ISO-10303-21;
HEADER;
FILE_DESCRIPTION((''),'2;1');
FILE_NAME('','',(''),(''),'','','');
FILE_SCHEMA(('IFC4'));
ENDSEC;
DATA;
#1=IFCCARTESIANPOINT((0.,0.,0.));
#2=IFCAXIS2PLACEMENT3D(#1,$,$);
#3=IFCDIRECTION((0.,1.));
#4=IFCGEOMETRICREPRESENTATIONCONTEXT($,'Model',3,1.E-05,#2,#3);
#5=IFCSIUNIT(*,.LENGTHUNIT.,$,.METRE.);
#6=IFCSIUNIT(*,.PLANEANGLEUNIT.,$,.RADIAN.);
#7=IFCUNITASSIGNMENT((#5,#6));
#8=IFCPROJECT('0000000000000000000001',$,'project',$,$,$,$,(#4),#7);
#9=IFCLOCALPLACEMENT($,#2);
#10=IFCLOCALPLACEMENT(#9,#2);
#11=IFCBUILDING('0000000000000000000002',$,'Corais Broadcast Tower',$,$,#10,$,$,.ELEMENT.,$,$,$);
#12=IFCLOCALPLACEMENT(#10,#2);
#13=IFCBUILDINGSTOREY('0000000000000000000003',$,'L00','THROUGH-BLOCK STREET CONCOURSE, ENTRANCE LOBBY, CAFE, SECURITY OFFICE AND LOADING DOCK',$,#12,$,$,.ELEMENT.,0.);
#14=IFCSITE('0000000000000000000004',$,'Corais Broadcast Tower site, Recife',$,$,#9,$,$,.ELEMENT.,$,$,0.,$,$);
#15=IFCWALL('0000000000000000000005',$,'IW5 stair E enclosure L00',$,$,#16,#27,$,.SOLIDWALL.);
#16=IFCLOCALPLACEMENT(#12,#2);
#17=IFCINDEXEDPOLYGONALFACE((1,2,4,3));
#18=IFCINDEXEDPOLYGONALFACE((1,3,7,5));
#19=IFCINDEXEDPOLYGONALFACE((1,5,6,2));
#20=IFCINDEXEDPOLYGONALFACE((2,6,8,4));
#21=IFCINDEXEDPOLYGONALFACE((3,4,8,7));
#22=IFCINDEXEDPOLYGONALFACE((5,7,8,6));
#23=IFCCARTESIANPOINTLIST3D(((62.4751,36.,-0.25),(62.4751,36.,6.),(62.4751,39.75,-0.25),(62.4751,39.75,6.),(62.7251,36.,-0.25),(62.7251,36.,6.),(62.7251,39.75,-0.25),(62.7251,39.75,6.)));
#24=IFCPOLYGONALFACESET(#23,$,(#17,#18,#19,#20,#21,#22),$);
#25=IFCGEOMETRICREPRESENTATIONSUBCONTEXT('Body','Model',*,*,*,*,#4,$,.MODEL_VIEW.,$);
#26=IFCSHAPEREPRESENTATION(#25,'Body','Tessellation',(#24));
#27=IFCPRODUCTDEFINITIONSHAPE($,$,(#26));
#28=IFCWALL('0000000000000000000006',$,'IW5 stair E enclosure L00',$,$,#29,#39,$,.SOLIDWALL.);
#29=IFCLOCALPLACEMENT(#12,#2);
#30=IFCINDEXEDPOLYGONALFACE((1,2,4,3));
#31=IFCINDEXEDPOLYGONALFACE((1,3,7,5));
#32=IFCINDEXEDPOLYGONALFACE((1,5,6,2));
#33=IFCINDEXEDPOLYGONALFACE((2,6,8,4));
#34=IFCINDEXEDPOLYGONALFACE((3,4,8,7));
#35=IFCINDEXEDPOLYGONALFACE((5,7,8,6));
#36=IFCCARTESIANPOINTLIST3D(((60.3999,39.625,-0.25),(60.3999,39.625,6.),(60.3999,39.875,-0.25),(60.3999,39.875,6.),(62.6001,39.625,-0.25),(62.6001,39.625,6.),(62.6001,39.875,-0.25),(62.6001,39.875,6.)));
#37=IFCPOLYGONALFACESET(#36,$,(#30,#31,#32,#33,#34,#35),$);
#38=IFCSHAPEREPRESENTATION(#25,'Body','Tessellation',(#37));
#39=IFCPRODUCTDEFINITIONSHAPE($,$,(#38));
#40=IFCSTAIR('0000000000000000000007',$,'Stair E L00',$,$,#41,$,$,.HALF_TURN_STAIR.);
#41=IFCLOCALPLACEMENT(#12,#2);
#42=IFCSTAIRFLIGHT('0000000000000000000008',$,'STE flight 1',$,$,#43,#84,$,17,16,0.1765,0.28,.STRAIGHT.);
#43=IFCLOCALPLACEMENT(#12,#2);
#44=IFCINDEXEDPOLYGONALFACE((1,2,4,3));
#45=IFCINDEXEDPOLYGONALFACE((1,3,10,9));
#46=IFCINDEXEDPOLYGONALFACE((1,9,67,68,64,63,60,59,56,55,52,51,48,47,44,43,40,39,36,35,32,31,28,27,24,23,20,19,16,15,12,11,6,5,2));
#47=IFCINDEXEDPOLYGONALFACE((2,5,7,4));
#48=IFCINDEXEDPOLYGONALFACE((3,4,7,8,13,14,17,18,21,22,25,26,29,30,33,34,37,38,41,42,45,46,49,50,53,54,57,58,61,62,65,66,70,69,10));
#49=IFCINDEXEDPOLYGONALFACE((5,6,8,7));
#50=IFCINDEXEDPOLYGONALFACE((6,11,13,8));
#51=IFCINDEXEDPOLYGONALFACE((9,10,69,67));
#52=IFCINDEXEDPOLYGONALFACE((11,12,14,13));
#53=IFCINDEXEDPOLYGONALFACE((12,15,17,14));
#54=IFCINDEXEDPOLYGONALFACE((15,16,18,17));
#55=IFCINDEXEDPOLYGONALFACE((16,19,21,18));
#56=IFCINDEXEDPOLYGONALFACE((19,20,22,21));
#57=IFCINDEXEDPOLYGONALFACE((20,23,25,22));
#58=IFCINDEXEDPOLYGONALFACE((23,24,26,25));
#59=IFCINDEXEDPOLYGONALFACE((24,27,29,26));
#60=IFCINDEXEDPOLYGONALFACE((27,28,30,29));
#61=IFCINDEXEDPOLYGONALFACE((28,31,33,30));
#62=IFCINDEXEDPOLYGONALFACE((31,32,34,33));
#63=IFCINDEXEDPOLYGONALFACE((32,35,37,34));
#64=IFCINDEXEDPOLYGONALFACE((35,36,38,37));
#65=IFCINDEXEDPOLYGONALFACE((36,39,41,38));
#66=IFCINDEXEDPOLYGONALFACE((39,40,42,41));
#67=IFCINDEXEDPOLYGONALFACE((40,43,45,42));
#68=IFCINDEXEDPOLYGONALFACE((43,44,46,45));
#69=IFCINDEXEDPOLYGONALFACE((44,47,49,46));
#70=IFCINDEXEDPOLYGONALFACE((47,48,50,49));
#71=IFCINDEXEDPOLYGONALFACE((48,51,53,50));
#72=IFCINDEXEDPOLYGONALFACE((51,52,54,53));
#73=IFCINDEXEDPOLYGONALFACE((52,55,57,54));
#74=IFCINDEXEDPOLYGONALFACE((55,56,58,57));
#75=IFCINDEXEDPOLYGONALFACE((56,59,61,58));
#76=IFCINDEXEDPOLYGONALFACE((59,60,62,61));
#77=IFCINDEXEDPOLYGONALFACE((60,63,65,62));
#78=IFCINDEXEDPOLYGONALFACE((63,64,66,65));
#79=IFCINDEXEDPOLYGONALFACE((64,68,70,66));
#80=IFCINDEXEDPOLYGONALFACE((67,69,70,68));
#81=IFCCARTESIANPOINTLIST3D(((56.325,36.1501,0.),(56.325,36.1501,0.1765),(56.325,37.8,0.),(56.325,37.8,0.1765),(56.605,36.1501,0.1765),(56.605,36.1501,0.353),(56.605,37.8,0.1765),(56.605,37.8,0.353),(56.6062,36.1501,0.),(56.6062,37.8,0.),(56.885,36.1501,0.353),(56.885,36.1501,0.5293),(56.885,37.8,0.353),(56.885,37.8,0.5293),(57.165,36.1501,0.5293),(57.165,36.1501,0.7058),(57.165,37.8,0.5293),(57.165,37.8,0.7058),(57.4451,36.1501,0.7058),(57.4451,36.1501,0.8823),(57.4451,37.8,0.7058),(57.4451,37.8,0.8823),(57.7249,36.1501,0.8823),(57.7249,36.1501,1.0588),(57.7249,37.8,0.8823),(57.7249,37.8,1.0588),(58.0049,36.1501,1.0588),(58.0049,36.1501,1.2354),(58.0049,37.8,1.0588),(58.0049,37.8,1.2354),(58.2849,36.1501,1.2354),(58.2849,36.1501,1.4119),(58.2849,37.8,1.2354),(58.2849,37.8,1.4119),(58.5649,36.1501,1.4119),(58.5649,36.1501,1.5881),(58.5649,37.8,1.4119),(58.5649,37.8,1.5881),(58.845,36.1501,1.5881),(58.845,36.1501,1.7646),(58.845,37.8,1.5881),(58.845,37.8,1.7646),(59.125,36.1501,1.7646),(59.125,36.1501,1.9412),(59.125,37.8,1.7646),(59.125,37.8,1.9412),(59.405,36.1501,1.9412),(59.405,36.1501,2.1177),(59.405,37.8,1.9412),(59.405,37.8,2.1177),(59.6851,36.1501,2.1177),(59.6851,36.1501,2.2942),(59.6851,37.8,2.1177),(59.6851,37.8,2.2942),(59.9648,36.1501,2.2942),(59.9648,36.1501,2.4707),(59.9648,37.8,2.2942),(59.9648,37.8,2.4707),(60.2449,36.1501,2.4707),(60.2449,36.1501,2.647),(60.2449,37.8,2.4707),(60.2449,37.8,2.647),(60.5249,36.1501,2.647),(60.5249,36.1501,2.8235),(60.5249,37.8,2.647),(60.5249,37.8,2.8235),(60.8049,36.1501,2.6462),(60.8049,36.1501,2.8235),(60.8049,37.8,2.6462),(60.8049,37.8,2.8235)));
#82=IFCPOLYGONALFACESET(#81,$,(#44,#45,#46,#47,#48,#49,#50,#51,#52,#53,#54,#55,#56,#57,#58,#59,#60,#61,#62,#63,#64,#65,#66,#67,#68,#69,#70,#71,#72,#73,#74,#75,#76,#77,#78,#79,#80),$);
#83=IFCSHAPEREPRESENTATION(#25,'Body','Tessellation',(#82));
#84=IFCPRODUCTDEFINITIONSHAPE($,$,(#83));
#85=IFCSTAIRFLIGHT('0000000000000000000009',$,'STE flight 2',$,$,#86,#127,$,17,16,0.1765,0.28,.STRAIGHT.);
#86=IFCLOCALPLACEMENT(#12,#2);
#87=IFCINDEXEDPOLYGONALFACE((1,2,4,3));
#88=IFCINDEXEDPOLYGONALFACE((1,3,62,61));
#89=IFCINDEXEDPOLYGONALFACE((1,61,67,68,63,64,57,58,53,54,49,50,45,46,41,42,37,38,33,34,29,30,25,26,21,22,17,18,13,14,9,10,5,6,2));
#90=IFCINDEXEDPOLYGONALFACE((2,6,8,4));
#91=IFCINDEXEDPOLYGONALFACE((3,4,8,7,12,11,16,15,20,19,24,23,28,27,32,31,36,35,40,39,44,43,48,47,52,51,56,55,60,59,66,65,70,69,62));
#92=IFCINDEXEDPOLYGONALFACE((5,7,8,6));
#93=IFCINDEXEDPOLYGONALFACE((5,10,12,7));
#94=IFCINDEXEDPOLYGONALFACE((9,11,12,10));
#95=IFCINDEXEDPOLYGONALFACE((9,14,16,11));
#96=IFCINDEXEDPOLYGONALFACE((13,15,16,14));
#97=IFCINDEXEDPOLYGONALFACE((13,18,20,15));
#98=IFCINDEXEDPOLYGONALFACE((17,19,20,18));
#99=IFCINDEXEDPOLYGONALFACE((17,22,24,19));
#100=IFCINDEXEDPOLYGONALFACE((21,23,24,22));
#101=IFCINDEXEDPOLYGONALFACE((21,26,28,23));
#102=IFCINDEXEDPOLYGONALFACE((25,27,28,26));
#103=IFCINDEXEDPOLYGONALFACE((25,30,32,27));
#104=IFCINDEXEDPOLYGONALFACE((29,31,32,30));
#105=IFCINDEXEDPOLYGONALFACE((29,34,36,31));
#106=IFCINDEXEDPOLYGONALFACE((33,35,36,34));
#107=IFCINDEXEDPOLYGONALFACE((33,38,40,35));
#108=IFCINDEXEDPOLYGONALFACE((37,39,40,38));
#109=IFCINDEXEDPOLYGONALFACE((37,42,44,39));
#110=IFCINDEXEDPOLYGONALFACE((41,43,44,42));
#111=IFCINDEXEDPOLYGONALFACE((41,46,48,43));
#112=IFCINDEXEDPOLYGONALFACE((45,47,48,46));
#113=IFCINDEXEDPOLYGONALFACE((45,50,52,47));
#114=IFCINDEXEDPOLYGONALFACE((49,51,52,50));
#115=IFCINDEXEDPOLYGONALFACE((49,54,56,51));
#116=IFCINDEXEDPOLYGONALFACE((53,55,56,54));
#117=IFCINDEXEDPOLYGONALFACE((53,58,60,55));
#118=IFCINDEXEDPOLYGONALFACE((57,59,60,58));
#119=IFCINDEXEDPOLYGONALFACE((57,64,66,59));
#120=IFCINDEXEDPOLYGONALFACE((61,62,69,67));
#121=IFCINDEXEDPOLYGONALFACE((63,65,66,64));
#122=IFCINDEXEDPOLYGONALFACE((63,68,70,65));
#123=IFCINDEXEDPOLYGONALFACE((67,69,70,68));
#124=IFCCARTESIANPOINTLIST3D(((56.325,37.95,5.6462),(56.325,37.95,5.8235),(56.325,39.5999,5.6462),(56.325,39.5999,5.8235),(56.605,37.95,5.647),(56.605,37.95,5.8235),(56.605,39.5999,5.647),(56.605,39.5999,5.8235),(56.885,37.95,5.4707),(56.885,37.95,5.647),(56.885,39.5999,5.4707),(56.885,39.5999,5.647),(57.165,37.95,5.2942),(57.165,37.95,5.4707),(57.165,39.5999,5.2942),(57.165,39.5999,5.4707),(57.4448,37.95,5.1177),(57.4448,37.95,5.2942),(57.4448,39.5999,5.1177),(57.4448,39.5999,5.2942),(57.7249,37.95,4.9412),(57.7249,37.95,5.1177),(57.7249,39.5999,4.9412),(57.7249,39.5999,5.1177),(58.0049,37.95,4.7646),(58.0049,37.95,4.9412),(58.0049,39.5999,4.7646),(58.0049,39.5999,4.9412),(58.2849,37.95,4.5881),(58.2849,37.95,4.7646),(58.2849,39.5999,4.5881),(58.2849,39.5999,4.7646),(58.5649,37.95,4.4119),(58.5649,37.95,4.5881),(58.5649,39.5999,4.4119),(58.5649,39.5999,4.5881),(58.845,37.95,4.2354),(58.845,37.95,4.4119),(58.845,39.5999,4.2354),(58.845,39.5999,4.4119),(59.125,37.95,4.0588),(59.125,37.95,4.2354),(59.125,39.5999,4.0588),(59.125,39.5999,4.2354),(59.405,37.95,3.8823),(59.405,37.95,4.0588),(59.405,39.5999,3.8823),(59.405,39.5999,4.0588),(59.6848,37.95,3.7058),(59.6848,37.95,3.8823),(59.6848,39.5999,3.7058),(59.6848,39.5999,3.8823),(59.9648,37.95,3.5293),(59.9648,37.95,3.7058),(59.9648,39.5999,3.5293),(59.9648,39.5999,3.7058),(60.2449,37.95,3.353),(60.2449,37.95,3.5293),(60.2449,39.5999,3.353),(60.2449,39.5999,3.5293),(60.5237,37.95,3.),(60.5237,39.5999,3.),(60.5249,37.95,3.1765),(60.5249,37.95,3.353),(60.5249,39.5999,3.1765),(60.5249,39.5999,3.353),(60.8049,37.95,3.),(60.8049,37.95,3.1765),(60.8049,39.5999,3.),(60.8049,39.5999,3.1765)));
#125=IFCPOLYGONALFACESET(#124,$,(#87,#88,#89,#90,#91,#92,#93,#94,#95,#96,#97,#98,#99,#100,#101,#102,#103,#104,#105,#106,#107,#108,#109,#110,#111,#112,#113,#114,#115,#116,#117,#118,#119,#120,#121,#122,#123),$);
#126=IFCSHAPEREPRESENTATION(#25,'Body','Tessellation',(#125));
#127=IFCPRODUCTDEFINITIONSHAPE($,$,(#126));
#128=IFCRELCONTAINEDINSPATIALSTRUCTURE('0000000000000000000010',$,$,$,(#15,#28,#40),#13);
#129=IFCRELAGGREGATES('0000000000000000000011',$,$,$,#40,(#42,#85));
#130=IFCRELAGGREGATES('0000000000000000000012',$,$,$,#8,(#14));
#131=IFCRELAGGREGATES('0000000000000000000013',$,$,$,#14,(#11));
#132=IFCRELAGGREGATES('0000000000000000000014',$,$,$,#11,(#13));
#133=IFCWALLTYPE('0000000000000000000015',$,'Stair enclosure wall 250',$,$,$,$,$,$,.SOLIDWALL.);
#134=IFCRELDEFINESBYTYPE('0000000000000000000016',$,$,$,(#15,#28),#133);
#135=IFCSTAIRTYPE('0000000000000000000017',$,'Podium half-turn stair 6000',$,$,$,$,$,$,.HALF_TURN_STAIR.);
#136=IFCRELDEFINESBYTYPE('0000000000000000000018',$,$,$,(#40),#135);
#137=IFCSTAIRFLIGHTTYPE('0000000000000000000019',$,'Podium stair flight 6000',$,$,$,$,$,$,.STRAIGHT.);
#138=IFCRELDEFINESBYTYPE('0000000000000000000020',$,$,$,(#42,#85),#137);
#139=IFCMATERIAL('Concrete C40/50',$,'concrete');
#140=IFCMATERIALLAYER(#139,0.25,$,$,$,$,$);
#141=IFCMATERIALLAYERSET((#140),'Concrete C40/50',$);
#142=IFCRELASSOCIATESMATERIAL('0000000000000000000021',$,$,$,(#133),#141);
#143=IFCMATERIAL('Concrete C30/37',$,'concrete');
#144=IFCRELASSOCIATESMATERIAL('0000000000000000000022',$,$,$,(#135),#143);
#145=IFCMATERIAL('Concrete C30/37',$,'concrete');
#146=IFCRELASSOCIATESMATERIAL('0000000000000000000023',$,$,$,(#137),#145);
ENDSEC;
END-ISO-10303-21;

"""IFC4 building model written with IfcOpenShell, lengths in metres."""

from ifc_helpers import new_model, si_unit, direction, frame, frame_2d, origin, place, context, subcontext, project, spatial, polyline, rectangle, outline, extrude, material, layer, layer_set, type_object, element, aggregate, save


model = new_model("IFC4")

# Units and contexts
model_context = context("Model", 3, precision=1e-05, world=origin(), true_north=direction((0.0, 1.0)))
body_context = subcontext(model_context, "Body", "Model", "MODEL_VIEW")
ifc_project = project(units=[si_unit("LENGTHUNIT", "METRE"), si_unit("PLANEANGLEUNIT", "RADIAN")], contexts=[model_context])

# Site, building, storey
site_placement = place(None, origin())
site = spatial("IfcSite", under=ifc_project, at=site_placement, Name="Corais Broadcast Tower site, Recife", CompositionType="ELEMENT", RefElevation=0.0)
building_placement = place(site_placement, origin())
building = spatial("IfcBuilding", under=site, at=building_placement, Name="Corais Broadcast Tower", CompositionType="ELEMENT")
storey_placement = place(building_placement, origin())
storey = spatial("IfcBuildingStorey", under=building, at=storey_placement, Name="L00", Description="THROUGH-BLOCK STREET CONCOURSE, ENTRANCE LOBBY, CAFE, SECURITY OFFICE AND LOADING DOCK", CompositionType="ELEMENT", Elevation=0.0)

# Walls
ifc_material_1 = material(Name="Concrete C40/50", Category="concrete")
ifc_layer_1 = layer(ifc_material_1, 0.25)
ifc_layer_set_1 = layer_set([ifc_layer_1], Name="Concrete C40/50")
wall_type_1 = type_object("IfcWallType", Name="Stair enclosure wall 250", PredefinedType="SOLIDWALL", material=ifc_layer_set_1)
wall_1_placement = place(storey_placement, frame((62.6001, 36.0, -0.25), z_axis=(0.0, 0.0, 1.0), x_axis=(0.0, 1.0, 0.0)))
element("IfcWall", 1, at=wall_1_placement, inside=storey, type_object=wall_type_1, Name="IW5 stair E enclosure L00", PredefinedType="SOLIDWALL", context=body_context, shape_type="SweptSolid", body=[
    extrude(rectangle(XDim=3.75, YDim=0.25, at=frame_2d((1.875, 0.0))), origin(), (0.0, 0.0, 1.0), 6.25),
])
wall_2_placement = place(storey_placement, frame((62.6001, 39.75, -0.25), z_axis=(0.0, 0.0, 1.0), x_axis=(-1.0, 0.0, 0.0)))
element("IfcWall", 2, at=wall_2_placement, inside=storey, type_object=wall_type_1, Name="IW5 stair E enclosure L00", PredefinedType="SOLIDWALL", context=body_context, shape_type="SweptSolid", body=[
    extrude(rectangle(XDim=2.2002, YDim=0.25, at=frame_2d((1.1001, 0.0))), origin(), (0.0, 0.0, 1.0), 6.25),
])

# Stair, stair flights
ifc_material_2 = material(Name="Concrete C30/37", Category="concrete")
stair_type = type_object("IfcStairType", Name="Podium half-turn stair 6000", PredefinedType="HALF_TURN_STAIR", material=ifc_material_2)
stair_placement = place(storey_placement, origin())
stair = element("IfcStair", 3, at=stair_placement, inside=storey, type_object=stair_type, Name="Stair E L00", PredefinedType="HALF_TURN_STAIR")
ifc_material_3 = material(Name="Concrete C30/37", Category="concrete")
stair_flight_type = type_object("IfcStairFlightType", Name="Podium stair flight 6000", PredefinedType="STRAIGHT", material=ifc_material_3)
stair_flight_1_placement = place(storey_placement, frame((56.325, 36.9751, 0.0), z_axis=(0.0, 0.0, 1.0), x_axis=(1.0, 0.0, 0.0)))
stair_flight_1 = element("IfcStairFlight", 4, at=stair_flight_1_placement, type_object=stair_flight_type, Name="STE flight 1", NumberOfRisers=17, NumberOfTreads=16, PredefinedType="STRAIGHT", RiserHeight=0.1765, TreadLength=0.28, context=body_context, shape_type="SweptSolid", body=[
    extrude(outline(polyline([(0.0, 0.0), (0.0, 0.1765), (0.28, 0.1765), (0.28, 0.353), (0.5601, 0.353), (0.5601, 0.5293), (0.8401, 0.5293), (0.8401, 0.7058), (1.1201, 0.7058), (1.1201, 0.8823), (1.3999, 0.8823), (1.3999, 1.0588), (1.6799, 1.0588), (1.6799, 1.2354), (1.96, 1.2354), (1.96, 1.4119), (2.24, 1.4119), (2.24, 1.5881), (2.52, 1.5881), (2.52, 1.7646), (2.8, 1.7646), (2.8, 1.9412), (3.0801, 1.9412), (3.0801, 2.1177), (3.3601, 2.1177), (3.3601, 2.2942), (3.6399, 2.2942), (3.6399, 2.4707), (3.9199, 2.4707), (3.9199, 2.647), (4.2, 2.647), (4.2, 2.8235), (4.48, 2.8235), (4.48, 3.0), (4.48, 2.6462), (0.2812, 0.0), (0.0, 0.0)])), frame((0.0, 0.825, 0.0), z_axis=(0.0, -1.0, 0.0), x_axis=(1.0, 0.0, 0.0)), (0.0, 0.0, 1.0), 1.6499),
])
stair_flight_2_placement = place(storey_placement, frame((60.8049, 38.7749, 3.0), z_axis=(0.0, 0.0, 1.0), x_axis=(-1.0, 0.0, 0.0)))
stair_flight_2 = element("IfcStairFlight", 5, at=stair_flight_2_placement, type_object=stair_flight_type, Name="STE flight 2", NumberOfRisers=17, NumberOfTreads=16, PredefinedType="STRAIGHT", RiserHeight=0.1765, TreadLength=0.28, context=body_context, shape_type="SweptSolid", body=[
    extrude(outline(polyline([(0.0, 0.0), (0.0, 0.1765), (0.28, 0.1765), (0.28, 0.353), (0.5601, 0.353), (0.5601, 0.5293), (0.8401, 0.5293), (0.8401, 0.7058), (1.1201, 0.7058), (1.1201, 0.8823), (1.3999, 0.8823), (1.3999, 1.0588), (1.6799, 1.0588), (1.6799, 1.2354), (1.96, 1.2354), (1.96, 1.4119), (2.24, 1.4119), (2.24, 1.5881), (2.52, 1.5881), (2.52, 1.7646), (2.8, 1.7646), (2.8, 1.9412), (3.0801, 1.9412), (3.0801, 2.1177), (3.3601, 2.1177), (3.3601, 2.2942), (3.6399, 2.2942), (3.6399, 2.4707), (3.9199, 2.4707), (3.9199, 2.647), (4.2, 2.647), (4.2, 2.8235), (4.48, 2.8235), (4.48, 3.0), (4.48, 2.6462), (0.2812, 0.0), (0.0, 0.0)])), frame((0.0, 0.825, 0.0), z_axis=(0.0, -1.0, 0.0), x_axis=(1.0, 0.0, 0.0)), (0.0, 0.0, 1.0), 1.6499),
])
aggregate(stair, [stair_flight_1, stair_flight_2])

save(model, "model.ifc")
